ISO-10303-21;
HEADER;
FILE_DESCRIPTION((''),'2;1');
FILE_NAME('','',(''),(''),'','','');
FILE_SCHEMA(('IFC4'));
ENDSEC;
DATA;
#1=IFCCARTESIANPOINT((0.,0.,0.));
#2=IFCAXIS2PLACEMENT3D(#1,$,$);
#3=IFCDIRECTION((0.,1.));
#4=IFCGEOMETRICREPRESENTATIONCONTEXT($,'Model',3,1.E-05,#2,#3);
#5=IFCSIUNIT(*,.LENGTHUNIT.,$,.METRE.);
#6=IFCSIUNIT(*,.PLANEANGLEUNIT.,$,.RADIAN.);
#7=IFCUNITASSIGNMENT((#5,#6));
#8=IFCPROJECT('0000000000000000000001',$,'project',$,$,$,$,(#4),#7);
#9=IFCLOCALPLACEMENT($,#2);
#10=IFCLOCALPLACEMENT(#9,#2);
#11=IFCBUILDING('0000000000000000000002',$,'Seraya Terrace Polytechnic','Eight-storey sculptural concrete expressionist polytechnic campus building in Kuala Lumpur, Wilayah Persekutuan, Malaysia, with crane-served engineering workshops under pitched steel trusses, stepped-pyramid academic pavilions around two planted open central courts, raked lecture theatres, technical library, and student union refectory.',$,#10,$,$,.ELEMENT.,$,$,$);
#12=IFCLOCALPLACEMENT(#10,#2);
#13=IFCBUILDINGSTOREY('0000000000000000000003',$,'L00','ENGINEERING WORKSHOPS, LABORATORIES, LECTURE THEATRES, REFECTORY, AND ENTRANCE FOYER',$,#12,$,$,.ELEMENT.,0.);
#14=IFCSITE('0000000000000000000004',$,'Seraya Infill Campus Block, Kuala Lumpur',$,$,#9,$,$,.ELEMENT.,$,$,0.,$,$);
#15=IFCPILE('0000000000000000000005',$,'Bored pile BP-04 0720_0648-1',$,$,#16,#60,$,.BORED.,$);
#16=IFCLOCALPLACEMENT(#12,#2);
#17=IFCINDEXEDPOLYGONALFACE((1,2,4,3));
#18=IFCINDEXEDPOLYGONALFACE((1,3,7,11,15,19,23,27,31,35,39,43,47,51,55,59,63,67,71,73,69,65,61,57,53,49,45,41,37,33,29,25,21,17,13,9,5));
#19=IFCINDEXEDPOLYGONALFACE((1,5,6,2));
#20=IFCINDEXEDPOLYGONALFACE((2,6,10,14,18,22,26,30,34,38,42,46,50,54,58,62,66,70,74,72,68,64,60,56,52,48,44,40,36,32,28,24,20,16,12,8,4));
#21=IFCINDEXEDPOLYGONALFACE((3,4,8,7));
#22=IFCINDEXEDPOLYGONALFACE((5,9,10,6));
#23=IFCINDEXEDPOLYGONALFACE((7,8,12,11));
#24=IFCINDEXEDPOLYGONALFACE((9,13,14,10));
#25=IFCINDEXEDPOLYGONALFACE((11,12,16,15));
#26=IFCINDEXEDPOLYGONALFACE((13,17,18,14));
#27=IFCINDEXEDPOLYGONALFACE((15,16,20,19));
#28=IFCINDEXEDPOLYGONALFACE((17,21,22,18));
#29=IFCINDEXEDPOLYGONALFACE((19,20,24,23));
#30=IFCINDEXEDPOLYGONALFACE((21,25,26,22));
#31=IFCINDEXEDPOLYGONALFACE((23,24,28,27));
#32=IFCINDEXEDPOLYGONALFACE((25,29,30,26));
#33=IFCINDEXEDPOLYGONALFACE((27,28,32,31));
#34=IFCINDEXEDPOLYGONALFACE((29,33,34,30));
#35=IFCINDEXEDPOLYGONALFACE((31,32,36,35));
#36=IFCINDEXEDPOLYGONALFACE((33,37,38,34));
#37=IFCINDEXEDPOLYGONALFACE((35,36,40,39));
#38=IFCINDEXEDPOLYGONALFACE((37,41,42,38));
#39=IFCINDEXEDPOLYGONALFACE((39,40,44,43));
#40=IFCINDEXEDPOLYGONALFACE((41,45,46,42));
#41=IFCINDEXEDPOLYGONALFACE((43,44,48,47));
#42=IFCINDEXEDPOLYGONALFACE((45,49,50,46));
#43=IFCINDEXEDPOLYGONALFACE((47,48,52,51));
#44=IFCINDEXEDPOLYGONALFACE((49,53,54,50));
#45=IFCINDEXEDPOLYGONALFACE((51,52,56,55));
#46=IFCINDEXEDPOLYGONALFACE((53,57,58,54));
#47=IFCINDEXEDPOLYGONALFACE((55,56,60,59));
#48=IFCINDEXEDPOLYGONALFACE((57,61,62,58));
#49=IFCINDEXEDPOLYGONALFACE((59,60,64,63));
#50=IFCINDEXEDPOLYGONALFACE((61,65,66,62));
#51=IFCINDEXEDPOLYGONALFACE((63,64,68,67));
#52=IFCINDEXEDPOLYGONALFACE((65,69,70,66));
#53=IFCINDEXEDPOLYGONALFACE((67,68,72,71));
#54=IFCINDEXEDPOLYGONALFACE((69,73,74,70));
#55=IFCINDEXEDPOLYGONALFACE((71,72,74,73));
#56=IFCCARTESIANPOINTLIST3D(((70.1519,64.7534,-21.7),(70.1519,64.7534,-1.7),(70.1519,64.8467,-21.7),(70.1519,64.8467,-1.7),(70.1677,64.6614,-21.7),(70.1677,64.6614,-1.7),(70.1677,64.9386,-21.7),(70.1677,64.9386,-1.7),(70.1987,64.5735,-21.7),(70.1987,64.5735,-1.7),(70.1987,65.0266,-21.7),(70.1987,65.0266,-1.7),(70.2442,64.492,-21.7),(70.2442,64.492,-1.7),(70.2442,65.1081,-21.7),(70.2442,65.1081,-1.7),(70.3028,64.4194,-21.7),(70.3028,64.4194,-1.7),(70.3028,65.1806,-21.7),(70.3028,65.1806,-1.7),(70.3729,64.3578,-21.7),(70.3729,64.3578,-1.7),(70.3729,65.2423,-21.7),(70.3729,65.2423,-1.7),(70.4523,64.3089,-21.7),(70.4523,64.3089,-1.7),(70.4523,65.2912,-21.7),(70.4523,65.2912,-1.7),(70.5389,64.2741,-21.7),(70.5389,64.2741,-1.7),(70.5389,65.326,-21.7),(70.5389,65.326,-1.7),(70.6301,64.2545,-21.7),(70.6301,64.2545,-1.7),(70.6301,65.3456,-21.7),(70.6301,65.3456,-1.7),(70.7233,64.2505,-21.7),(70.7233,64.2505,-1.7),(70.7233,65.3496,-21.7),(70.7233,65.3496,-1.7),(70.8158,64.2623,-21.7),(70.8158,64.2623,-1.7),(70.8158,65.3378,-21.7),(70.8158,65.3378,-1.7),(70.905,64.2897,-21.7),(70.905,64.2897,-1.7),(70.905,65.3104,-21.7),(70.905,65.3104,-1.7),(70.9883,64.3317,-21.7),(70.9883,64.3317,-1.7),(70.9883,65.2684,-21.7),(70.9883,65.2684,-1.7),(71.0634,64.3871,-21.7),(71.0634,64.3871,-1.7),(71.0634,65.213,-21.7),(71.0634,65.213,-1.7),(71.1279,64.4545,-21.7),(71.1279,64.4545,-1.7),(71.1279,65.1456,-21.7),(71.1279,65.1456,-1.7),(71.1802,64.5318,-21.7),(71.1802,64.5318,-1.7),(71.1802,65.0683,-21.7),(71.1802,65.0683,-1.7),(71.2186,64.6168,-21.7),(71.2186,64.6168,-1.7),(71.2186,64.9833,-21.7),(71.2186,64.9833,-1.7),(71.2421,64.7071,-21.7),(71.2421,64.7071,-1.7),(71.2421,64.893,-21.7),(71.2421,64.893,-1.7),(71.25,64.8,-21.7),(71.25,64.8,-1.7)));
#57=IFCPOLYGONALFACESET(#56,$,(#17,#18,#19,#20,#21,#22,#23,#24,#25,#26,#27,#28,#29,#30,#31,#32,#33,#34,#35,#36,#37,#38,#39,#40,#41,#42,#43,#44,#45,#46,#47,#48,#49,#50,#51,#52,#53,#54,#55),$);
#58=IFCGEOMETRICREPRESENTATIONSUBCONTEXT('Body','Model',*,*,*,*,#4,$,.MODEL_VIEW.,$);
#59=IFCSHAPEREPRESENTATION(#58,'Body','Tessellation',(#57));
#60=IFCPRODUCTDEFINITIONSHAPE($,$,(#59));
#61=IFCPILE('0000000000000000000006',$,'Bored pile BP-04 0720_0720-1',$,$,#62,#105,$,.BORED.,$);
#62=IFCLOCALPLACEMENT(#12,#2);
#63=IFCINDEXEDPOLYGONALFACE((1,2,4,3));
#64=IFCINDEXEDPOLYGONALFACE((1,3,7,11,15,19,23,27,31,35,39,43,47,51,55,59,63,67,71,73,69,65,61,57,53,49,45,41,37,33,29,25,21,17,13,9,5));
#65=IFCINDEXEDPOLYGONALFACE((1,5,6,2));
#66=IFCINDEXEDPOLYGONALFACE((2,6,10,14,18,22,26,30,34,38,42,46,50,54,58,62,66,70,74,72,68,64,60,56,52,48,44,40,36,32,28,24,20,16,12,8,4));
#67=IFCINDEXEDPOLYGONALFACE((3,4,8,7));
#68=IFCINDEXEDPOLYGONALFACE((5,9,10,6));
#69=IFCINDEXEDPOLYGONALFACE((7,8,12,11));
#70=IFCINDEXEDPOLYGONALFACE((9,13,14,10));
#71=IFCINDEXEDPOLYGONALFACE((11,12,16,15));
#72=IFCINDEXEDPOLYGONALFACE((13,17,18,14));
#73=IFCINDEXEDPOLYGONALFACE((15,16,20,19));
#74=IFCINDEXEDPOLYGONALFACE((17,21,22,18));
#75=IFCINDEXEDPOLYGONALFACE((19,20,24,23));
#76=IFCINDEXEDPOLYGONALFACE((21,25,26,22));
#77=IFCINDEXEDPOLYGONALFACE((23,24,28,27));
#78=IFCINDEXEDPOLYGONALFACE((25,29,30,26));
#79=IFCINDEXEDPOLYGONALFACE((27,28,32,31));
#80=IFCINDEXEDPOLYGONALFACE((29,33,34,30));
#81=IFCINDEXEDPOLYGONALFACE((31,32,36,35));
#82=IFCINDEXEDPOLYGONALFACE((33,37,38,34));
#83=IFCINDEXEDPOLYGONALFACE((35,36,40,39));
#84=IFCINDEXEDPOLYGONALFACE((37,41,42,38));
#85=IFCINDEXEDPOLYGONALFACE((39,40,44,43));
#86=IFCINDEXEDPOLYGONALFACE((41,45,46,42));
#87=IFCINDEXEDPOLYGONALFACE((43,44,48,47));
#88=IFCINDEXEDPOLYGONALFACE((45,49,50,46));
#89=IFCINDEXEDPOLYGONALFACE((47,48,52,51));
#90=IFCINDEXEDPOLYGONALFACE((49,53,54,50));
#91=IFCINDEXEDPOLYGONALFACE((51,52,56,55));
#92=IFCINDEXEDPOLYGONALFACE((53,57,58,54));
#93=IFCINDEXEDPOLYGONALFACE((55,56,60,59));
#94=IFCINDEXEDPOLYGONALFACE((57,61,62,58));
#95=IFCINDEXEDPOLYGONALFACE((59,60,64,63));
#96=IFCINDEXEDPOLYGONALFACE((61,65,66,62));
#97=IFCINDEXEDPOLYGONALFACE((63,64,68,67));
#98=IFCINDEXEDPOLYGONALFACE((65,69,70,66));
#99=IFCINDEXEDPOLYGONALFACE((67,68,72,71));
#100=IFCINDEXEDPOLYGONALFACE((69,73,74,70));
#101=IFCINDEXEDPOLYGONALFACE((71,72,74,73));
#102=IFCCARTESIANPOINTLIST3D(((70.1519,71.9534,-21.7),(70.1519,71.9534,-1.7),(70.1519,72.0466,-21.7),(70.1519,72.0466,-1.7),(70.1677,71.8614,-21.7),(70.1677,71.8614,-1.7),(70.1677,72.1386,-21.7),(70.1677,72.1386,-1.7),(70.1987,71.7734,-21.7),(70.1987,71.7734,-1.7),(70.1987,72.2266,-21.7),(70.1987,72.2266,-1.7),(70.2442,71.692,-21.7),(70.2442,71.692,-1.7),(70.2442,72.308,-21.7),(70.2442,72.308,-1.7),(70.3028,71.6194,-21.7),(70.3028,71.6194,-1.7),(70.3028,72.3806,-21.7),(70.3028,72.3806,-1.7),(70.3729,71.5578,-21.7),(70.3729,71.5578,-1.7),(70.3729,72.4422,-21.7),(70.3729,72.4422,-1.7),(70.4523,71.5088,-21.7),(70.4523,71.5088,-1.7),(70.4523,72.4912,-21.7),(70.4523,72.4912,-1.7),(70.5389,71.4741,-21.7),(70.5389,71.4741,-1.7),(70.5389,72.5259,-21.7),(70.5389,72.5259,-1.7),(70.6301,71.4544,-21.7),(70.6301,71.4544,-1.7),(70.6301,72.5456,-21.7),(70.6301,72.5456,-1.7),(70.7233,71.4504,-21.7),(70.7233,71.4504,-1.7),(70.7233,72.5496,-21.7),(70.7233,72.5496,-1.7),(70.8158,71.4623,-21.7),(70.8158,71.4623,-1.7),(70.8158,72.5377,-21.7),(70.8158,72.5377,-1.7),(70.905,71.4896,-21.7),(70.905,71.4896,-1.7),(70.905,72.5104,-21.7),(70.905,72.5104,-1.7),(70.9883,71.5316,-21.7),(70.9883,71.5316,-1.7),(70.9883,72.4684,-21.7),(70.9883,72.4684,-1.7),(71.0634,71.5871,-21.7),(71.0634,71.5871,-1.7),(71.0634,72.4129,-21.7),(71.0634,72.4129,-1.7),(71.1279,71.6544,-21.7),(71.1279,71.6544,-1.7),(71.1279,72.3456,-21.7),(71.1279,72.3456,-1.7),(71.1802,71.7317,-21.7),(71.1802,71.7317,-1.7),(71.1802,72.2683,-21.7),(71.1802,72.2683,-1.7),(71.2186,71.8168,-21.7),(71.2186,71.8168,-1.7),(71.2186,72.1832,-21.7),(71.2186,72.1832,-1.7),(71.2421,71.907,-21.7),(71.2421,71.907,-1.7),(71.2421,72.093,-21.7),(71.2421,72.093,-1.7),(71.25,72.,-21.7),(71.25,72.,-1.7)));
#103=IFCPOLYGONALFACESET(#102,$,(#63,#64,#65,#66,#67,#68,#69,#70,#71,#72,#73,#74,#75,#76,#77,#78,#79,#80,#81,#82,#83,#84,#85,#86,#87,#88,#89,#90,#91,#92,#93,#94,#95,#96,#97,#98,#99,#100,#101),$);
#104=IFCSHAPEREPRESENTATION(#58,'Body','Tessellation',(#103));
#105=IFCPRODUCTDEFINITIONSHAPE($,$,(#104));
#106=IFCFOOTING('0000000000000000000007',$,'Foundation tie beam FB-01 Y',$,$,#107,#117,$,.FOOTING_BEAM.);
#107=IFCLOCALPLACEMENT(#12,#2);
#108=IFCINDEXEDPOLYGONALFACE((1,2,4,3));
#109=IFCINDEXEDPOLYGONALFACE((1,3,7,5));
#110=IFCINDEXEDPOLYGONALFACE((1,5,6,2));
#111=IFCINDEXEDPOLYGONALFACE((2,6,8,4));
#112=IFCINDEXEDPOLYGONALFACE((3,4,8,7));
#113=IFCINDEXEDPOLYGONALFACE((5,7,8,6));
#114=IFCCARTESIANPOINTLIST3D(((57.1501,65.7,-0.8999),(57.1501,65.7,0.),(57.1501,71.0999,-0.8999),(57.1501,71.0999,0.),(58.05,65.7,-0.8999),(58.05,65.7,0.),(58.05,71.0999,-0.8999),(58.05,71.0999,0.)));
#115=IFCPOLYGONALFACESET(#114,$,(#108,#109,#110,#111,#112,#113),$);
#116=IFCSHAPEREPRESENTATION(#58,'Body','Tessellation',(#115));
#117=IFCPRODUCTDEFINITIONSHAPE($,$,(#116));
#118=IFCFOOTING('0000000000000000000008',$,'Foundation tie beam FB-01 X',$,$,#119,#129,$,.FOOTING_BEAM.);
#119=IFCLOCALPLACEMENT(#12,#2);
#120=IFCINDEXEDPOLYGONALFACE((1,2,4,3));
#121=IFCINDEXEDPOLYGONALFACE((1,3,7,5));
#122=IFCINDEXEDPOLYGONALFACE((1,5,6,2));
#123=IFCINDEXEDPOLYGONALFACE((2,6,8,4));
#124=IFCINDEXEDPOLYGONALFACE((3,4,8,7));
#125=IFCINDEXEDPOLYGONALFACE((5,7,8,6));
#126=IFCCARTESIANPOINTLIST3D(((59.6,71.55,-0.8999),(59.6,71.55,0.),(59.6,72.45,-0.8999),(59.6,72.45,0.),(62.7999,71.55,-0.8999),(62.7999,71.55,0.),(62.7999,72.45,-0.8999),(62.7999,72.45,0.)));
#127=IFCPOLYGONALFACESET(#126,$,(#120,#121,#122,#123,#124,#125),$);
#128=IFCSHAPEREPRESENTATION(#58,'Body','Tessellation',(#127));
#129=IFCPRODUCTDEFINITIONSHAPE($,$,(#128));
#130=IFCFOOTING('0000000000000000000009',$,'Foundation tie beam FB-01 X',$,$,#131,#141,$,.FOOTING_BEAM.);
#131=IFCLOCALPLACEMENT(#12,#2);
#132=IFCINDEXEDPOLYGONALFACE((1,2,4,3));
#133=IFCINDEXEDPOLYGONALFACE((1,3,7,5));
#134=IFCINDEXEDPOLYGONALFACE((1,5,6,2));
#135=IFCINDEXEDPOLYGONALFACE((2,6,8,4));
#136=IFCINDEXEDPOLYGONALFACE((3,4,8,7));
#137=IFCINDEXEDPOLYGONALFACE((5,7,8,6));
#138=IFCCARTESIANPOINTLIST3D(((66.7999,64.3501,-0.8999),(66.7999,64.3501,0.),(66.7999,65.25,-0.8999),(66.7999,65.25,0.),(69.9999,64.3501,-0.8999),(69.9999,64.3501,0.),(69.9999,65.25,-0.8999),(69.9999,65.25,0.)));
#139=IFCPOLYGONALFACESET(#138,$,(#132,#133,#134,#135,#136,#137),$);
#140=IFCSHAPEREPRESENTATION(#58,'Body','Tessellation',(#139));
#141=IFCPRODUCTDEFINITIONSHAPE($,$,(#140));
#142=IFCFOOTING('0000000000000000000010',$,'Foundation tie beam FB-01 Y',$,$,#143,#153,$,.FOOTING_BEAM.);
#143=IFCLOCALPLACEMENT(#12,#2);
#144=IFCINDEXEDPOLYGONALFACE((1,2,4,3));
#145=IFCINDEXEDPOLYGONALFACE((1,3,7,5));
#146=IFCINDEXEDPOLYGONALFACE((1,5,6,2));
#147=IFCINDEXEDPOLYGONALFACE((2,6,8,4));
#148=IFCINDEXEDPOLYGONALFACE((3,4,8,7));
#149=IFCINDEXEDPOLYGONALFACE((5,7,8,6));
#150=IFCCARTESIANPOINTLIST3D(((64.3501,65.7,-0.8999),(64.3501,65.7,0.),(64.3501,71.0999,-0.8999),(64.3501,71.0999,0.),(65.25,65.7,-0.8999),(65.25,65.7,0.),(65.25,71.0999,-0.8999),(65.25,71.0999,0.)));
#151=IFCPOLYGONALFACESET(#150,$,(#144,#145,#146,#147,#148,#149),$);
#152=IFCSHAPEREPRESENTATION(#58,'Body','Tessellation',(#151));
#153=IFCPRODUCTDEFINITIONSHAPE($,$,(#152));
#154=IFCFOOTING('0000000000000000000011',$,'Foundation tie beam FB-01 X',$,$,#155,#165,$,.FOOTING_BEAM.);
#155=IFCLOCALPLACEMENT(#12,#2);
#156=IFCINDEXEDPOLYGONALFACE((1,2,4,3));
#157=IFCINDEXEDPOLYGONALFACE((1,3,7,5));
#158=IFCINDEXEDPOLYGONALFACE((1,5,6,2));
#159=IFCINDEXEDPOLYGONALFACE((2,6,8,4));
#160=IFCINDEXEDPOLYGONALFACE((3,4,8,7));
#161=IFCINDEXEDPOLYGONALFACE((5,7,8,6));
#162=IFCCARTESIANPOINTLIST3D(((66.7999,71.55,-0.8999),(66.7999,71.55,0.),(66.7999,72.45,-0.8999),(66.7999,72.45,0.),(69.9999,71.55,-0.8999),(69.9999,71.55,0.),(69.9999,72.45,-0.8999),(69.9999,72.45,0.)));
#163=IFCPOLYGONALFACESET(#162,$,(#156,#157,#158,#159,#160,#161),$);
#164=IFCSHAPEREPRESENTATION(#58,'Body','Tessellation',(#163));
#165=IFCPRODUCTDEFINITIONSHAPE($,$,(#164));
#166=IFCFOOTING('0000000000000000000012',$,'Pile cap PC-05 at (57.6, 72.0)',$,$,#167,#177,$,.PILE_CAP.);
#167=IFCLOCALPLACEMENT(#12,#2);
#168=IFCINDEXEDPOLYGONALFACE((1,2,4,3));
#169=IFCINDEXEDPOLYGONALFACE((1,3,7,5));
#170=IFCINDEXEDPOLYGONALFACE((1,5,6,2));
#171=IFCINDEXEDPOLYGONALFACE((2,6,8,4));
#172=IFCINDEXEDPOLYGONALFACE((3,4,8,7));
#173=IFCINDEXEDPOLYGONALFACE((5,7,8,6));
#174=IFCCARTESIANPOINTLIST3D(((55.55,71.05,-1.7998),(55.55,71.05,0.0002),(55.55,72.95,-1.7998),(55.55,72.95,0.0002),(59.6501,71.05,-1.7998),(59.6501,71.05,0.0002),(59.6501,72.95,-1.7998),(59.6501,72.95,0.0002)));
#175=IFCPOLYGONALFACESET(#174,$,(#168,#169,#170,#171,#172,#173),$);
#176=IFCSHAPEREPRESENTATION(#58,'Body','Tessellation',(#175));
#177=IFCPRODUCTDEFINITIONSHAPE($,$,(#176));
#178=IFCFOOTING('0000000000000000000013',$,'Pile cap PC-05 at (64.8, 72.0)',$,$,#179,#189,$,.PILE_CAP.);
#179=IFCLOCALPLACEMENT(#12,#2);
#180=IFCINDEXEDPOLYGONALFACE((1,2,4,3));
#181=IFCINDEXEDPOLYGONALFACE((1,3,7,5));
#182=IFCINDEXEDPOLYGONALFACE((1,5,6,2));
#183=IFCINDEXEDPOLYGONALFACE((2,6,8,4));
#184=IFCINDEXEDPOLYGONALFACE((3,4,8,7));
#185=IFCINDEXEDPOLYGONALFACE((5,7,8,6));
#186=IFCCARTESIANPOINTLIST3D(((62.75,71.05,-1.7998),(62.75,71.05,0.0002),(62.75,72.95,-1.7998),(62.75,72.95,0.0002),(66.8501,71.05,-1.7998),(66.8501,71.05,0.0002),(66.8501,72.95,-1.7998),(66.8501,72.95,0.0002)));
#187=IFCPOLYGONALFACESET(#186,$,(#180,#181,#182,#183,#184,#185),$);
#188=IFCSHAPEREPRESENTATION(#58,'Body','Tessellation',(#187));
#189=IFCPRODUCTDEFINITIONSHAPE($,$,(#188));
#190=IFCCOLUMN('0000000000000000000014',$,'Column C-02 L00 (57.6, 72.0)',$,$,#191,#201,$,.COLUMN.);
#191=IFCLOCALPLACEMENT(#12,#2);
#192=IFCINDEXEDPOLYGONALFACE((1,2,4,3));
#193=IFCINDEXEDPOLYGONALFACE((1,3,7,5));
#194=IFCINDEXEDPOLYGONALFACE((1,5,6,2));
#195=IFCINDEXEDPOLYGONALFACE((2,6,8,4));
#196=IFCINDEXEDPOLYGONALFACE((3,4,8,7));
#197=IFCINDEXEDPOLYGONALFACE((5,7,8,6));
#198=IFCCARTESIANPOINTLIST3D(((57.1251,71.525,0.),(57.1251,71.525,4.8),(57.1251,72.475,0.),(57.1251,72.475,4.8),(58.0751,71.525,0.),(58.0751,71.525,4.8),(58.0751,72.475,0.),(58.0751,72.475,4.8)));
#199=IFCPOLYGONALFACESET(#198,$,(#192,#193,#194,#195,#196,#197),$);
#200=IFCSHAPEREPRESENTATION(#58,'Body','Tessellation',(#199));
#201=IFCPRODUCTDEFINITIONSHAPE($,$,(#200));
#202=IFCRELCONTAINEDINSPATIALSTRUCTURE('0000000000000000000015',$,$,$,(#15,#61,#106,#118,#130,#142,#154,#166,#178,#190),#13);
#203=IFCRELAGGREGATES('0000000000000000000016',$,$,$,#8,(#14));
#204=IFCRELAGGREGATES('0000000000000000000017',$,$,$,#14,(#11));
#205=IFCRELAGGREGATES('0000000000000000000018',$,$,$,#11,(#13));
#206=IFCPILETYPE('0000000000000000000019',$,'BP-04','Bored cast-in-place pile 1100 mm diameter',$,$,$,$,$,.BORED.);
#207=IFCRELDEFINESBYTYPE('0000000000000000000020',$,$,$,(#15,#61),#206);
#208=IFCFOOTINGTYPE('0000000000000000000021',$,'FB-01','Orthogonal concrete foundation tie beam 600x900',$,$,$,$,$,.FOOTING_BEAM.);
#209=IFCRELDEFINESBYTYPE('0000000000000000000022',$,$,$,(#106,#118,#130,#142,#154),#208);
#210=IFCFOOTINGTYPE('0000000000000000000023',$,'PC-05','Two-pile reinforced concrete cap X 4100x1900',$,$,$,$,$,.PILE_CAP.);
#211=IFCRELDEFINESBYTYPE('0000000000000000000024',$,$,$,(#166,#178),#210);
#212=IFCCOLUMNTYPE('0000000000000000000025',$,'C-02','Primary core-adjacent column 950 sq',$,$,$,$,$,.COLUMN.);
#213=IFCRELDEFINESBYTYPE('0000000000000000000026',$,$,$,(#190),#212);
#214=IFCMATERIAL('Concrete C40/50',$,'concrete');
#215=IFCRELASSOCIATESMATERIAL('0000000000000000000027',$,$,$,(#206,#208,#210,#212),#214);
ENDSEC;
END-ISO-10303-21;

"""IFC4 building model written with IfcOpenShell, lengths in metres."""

from ifc_helpers import new_model, si_unit, direction, frame, origin, origin_2d, place, context, subcontext, project, spatial, rectangle, circle, extrude, material, material_profile, profile_set, type_object, element, save


model = new_model("IFC4")

# Units and contexts
model_context = context("Model", 3, precision=1e-05, world=origin(), true_north=direction((0.0, 1.0)))
body_context = subcontext(model_context, "Body", "Model", "MODEL_VIEW")
ifc_project = project(units=[si_unit("LENGTHUNIT", "METRE"), si_unit("PLANEANGLEUNIT", "RADIAN")], contexts=[model_context])

# Site, building, storey
site_placement = place(None, origin())
site = spatial("IfcSite", under=ifc_project, at=site_placement, Name="Seraya Infill Campus Block, Kuala Lumpur", CompositionType="ELEMENT", RefElevation=0.0)
building_placement = place(site_placement, origin())
building = spatial("IfcBuilding", under=site, at=building_placement, Name="Seraya Terrace Polytechnic", Description="Eight-storey sculptural concrete expressionist polytechnic campus building in Kuala Lumpur, Wilayah Persekutuan, Malaysia, with crane-served engineering workshops under pitched steel trusses, stepped-pyramid academic pavilions around two planted open central courts, raked lecture theatres, technical library, and student union refectory.", CompositionType="ELEMENT")
storey_placement = place(building_placement, origin())
storey = spatial("IfcBuildingStorey", under=building, at=storey_placement, Name="L00", Description="ENGINEERING WORKSHOPS, LABORATORIES, LECTURE THEATRES, REFECTORY, AND ENTRANCE FOYER", CompositionType="ELEMENT", Elevation=0.0)

# Piles
ifc_material_1 = material(Name="Concrete C40/50", Category="concrete")
ifc_material_profile_1 = material_profile(ifc_material_1, circle(Radius=0.55, at=origin_2d()), Name="DIA 1100")
ifc_profile_set_1 = profile_set([ifc_material_profile_1], Name="Concrete C40/50")
pile_type = type_object("IfcPileType", Name="BP-04", Description="Bored cast-in-place pile 1100 mm diameter", PredefinedType="BORED", material=ifc_profile_set_1)
for number, where, z_axis, x_axis, name in (
    (1, (70.7, 64.8, -1.7), (0.0, 0.0, -1.0), (1.0, 0.0, 0.0), "Bored pile BP-04 0720_0648-1"),
    (2, (70.7, 72.0, -1.7), (0.0, 0.0, -1.0), (1.0, 0.0, 0.0), "Bored pile BP-04 0720_0720-1"),
):
    element("IfcPile", number, at=place(storey_placement, frame(where, z_axis=z_axis, x_axis=x_axis)), inside=storey, type_object=pile_type, Name=name, PredefinedType="BORED", context=body_context, shape_type="SweptSolid", body=[
        extrude(circle(Radius=0.55, at=origin_2d()), origin(), (0.0, 0.0, 1.0), 20.0),
    ])

# Footings
footing_type_1 = type_object("IfcFootingType", Name="FB-01", Description="Orthogonal concrete foundation tie beam 600x900", PredefinedType="FOOTING_BEAM", material=ifc_material_1)
footing_1_placement = place(storey_placement, frame((57.6001, 68.3999, -0.8999), z_axis=(0.0, 0.0, 1.0), x_axis=(0.0, 1.0, 0.0)))
element("IfcFooting", 3, at=footing_1_placement, inside=storey, type_object=footing_type_1, Name="Foundation tie beam FB-01 Y", PredefinedType="FOOTING_BEAM", context=body_context, shape_type="SweptSolid", body=[
    extrude(rectangle(XDim=5.3999, YDim=0.8999, at=origin_2d()), origin(), (0.0, 0.0, 1.0), 0.8999),
])
for number, where, z_axis, x_axis, name in (
    (4, (61.2, 72.0, -0.8999), (0.0, 0.0, 1.0), (1.0, 0.0, 0.0), "Foundation tie beam FB-01 X"),
    (5, (68.3999, 64.8, -0.8999), (0.0, 0.0, 1.0), (1.0, 0.0, 0.0), "Foundation tie beam FB-01 X"),
):
    element("IfcFooting", number, at=place(storey_placement, frame(where, z_axis=z_axis, x_axis=x_axis)), inside=storey, type_object=footing_type_1, Name=name, PredefinedType="FOOTING_BEAM", context=body_context, shape_type="SweptSolid", body=[
        extrude(rectangle(XDim=3.2, YDim=0.8999, at=origin_2d()), origin(), (0.0, 0.0, 1.0), 0.8999),
    ])
footing_2_placement = place(storey_placement, frame((64.8, 68.3999, -0.8999), z_axis=(0.0, 0.0, 1.0), x_axis=(0.0, 1.0, 0.0)))
element("IfcFooting", 6, at=footing_2_placement, inside=storey, type_object=footing_type_1, Name="Foundation tie beam FB-01 Y", PredefinedType="FOOTING_BEAM", context=body_context, shape_type="SweptSolid", body=[
    extrude(rectangle(XDim=5.3999, YDim=0.8999, at=origin_2d()), origin(), (0.0, 0.0, 1.0), 0.8999),
])
footing_3_placement = place(storey_placement, frame((68.3999, 72.0, -0.8999), z_axis=(0.0, 0.0, 1.0), x_axis=(1.0, 0.0, 0.0)))
element("IfcFooting", 7, at=footing_3_placement, inside=storey, type_object=footing_type_1, Name="Foundation tie beam FB-01 X", PredefinedType="FOOTING_BEAM", context=body_context, shape_type="SweptSolid", body=[
    extrude(rectangle(XDim=3.2, YDim=0.8999, at=origin_2d()), origin(), (0.0, 0.0, 1.0), 0.8999),
])
footing_type_2 = type_object("IfcFootingType", Name="PC-05", Description="Two-pile reinforced concrete cap X 4100x1900", PredefinedType="PILE_CAP", material=ifc_material_1)
for number, where, z_axis, x_axis, name in (
    (8, (57.6001, 72.0, -1.7998), (0.0, 0.0, 1.0), (1.0, 0.0, 0.0), "Pile cap PC-05 at (57.6, 72.0)"),
    (9, (64.8, 72.0, -1.7998), (0.0, 0.0, 1.0), (1.0, 0.0, 0.0), "Pile cap PC-05 at (64.8, 72.0)"),
):
    element("IfcFooting", number, at=place(storey_placement, frame(where, z_axis=z_axis, x_axis=x_axis)), inside=storey, type_object=footing_type_2, Name=name, PredefinedType="PILE_CAP", context=body_context, shape_type="SweptSolid", body=[
        extrude(rectangle(XDim=4.1001, YDim=1.8999, at=origin_2d()), origin(), (0.0, 0.0, 1.0), 1.8),
    ])

# Column
ifc_material_profile_2 = material_profile(ifc_material_1, rectangle(XDim=0.95, YDim=0.95, at=origin_2d()), Name="RC 950x950")
ifc_profile_set_2 = profile_set([ifc_material_profile_2], Name="Concrete C40/50")
column_type = type_object("IfcColumnType", Name="C-02", Description="Primary core-adjacent column 950 sq", PredefinedType="COLUMN", material=ifc_profile_set_2)
for number, where, z_axis, x_axis, name in (
    (10, (57.6001, 72.0, 0.0), (0.0, 0.0, 1.0), (1.0, 0.0, 0.0), "Column C-02 L00 (57.6, 72.0)"),
):
    element("IfcColumn", number, at=place(storey_placement, frame(where, z_axis=z_axis, x_axis=x_axis)), inside=storey, type_object=column_type, Name=name, PredefinedType="COLUMN", context=body_context, shape_type="SweptSolid", body=[
        extrude(rectangle(XDim=0.95, YDim=0.95, at=origin_2d()), origin(), (0.0, 0.0, 1.0), 4.8),
    ])

save(model, "model.ifc")
